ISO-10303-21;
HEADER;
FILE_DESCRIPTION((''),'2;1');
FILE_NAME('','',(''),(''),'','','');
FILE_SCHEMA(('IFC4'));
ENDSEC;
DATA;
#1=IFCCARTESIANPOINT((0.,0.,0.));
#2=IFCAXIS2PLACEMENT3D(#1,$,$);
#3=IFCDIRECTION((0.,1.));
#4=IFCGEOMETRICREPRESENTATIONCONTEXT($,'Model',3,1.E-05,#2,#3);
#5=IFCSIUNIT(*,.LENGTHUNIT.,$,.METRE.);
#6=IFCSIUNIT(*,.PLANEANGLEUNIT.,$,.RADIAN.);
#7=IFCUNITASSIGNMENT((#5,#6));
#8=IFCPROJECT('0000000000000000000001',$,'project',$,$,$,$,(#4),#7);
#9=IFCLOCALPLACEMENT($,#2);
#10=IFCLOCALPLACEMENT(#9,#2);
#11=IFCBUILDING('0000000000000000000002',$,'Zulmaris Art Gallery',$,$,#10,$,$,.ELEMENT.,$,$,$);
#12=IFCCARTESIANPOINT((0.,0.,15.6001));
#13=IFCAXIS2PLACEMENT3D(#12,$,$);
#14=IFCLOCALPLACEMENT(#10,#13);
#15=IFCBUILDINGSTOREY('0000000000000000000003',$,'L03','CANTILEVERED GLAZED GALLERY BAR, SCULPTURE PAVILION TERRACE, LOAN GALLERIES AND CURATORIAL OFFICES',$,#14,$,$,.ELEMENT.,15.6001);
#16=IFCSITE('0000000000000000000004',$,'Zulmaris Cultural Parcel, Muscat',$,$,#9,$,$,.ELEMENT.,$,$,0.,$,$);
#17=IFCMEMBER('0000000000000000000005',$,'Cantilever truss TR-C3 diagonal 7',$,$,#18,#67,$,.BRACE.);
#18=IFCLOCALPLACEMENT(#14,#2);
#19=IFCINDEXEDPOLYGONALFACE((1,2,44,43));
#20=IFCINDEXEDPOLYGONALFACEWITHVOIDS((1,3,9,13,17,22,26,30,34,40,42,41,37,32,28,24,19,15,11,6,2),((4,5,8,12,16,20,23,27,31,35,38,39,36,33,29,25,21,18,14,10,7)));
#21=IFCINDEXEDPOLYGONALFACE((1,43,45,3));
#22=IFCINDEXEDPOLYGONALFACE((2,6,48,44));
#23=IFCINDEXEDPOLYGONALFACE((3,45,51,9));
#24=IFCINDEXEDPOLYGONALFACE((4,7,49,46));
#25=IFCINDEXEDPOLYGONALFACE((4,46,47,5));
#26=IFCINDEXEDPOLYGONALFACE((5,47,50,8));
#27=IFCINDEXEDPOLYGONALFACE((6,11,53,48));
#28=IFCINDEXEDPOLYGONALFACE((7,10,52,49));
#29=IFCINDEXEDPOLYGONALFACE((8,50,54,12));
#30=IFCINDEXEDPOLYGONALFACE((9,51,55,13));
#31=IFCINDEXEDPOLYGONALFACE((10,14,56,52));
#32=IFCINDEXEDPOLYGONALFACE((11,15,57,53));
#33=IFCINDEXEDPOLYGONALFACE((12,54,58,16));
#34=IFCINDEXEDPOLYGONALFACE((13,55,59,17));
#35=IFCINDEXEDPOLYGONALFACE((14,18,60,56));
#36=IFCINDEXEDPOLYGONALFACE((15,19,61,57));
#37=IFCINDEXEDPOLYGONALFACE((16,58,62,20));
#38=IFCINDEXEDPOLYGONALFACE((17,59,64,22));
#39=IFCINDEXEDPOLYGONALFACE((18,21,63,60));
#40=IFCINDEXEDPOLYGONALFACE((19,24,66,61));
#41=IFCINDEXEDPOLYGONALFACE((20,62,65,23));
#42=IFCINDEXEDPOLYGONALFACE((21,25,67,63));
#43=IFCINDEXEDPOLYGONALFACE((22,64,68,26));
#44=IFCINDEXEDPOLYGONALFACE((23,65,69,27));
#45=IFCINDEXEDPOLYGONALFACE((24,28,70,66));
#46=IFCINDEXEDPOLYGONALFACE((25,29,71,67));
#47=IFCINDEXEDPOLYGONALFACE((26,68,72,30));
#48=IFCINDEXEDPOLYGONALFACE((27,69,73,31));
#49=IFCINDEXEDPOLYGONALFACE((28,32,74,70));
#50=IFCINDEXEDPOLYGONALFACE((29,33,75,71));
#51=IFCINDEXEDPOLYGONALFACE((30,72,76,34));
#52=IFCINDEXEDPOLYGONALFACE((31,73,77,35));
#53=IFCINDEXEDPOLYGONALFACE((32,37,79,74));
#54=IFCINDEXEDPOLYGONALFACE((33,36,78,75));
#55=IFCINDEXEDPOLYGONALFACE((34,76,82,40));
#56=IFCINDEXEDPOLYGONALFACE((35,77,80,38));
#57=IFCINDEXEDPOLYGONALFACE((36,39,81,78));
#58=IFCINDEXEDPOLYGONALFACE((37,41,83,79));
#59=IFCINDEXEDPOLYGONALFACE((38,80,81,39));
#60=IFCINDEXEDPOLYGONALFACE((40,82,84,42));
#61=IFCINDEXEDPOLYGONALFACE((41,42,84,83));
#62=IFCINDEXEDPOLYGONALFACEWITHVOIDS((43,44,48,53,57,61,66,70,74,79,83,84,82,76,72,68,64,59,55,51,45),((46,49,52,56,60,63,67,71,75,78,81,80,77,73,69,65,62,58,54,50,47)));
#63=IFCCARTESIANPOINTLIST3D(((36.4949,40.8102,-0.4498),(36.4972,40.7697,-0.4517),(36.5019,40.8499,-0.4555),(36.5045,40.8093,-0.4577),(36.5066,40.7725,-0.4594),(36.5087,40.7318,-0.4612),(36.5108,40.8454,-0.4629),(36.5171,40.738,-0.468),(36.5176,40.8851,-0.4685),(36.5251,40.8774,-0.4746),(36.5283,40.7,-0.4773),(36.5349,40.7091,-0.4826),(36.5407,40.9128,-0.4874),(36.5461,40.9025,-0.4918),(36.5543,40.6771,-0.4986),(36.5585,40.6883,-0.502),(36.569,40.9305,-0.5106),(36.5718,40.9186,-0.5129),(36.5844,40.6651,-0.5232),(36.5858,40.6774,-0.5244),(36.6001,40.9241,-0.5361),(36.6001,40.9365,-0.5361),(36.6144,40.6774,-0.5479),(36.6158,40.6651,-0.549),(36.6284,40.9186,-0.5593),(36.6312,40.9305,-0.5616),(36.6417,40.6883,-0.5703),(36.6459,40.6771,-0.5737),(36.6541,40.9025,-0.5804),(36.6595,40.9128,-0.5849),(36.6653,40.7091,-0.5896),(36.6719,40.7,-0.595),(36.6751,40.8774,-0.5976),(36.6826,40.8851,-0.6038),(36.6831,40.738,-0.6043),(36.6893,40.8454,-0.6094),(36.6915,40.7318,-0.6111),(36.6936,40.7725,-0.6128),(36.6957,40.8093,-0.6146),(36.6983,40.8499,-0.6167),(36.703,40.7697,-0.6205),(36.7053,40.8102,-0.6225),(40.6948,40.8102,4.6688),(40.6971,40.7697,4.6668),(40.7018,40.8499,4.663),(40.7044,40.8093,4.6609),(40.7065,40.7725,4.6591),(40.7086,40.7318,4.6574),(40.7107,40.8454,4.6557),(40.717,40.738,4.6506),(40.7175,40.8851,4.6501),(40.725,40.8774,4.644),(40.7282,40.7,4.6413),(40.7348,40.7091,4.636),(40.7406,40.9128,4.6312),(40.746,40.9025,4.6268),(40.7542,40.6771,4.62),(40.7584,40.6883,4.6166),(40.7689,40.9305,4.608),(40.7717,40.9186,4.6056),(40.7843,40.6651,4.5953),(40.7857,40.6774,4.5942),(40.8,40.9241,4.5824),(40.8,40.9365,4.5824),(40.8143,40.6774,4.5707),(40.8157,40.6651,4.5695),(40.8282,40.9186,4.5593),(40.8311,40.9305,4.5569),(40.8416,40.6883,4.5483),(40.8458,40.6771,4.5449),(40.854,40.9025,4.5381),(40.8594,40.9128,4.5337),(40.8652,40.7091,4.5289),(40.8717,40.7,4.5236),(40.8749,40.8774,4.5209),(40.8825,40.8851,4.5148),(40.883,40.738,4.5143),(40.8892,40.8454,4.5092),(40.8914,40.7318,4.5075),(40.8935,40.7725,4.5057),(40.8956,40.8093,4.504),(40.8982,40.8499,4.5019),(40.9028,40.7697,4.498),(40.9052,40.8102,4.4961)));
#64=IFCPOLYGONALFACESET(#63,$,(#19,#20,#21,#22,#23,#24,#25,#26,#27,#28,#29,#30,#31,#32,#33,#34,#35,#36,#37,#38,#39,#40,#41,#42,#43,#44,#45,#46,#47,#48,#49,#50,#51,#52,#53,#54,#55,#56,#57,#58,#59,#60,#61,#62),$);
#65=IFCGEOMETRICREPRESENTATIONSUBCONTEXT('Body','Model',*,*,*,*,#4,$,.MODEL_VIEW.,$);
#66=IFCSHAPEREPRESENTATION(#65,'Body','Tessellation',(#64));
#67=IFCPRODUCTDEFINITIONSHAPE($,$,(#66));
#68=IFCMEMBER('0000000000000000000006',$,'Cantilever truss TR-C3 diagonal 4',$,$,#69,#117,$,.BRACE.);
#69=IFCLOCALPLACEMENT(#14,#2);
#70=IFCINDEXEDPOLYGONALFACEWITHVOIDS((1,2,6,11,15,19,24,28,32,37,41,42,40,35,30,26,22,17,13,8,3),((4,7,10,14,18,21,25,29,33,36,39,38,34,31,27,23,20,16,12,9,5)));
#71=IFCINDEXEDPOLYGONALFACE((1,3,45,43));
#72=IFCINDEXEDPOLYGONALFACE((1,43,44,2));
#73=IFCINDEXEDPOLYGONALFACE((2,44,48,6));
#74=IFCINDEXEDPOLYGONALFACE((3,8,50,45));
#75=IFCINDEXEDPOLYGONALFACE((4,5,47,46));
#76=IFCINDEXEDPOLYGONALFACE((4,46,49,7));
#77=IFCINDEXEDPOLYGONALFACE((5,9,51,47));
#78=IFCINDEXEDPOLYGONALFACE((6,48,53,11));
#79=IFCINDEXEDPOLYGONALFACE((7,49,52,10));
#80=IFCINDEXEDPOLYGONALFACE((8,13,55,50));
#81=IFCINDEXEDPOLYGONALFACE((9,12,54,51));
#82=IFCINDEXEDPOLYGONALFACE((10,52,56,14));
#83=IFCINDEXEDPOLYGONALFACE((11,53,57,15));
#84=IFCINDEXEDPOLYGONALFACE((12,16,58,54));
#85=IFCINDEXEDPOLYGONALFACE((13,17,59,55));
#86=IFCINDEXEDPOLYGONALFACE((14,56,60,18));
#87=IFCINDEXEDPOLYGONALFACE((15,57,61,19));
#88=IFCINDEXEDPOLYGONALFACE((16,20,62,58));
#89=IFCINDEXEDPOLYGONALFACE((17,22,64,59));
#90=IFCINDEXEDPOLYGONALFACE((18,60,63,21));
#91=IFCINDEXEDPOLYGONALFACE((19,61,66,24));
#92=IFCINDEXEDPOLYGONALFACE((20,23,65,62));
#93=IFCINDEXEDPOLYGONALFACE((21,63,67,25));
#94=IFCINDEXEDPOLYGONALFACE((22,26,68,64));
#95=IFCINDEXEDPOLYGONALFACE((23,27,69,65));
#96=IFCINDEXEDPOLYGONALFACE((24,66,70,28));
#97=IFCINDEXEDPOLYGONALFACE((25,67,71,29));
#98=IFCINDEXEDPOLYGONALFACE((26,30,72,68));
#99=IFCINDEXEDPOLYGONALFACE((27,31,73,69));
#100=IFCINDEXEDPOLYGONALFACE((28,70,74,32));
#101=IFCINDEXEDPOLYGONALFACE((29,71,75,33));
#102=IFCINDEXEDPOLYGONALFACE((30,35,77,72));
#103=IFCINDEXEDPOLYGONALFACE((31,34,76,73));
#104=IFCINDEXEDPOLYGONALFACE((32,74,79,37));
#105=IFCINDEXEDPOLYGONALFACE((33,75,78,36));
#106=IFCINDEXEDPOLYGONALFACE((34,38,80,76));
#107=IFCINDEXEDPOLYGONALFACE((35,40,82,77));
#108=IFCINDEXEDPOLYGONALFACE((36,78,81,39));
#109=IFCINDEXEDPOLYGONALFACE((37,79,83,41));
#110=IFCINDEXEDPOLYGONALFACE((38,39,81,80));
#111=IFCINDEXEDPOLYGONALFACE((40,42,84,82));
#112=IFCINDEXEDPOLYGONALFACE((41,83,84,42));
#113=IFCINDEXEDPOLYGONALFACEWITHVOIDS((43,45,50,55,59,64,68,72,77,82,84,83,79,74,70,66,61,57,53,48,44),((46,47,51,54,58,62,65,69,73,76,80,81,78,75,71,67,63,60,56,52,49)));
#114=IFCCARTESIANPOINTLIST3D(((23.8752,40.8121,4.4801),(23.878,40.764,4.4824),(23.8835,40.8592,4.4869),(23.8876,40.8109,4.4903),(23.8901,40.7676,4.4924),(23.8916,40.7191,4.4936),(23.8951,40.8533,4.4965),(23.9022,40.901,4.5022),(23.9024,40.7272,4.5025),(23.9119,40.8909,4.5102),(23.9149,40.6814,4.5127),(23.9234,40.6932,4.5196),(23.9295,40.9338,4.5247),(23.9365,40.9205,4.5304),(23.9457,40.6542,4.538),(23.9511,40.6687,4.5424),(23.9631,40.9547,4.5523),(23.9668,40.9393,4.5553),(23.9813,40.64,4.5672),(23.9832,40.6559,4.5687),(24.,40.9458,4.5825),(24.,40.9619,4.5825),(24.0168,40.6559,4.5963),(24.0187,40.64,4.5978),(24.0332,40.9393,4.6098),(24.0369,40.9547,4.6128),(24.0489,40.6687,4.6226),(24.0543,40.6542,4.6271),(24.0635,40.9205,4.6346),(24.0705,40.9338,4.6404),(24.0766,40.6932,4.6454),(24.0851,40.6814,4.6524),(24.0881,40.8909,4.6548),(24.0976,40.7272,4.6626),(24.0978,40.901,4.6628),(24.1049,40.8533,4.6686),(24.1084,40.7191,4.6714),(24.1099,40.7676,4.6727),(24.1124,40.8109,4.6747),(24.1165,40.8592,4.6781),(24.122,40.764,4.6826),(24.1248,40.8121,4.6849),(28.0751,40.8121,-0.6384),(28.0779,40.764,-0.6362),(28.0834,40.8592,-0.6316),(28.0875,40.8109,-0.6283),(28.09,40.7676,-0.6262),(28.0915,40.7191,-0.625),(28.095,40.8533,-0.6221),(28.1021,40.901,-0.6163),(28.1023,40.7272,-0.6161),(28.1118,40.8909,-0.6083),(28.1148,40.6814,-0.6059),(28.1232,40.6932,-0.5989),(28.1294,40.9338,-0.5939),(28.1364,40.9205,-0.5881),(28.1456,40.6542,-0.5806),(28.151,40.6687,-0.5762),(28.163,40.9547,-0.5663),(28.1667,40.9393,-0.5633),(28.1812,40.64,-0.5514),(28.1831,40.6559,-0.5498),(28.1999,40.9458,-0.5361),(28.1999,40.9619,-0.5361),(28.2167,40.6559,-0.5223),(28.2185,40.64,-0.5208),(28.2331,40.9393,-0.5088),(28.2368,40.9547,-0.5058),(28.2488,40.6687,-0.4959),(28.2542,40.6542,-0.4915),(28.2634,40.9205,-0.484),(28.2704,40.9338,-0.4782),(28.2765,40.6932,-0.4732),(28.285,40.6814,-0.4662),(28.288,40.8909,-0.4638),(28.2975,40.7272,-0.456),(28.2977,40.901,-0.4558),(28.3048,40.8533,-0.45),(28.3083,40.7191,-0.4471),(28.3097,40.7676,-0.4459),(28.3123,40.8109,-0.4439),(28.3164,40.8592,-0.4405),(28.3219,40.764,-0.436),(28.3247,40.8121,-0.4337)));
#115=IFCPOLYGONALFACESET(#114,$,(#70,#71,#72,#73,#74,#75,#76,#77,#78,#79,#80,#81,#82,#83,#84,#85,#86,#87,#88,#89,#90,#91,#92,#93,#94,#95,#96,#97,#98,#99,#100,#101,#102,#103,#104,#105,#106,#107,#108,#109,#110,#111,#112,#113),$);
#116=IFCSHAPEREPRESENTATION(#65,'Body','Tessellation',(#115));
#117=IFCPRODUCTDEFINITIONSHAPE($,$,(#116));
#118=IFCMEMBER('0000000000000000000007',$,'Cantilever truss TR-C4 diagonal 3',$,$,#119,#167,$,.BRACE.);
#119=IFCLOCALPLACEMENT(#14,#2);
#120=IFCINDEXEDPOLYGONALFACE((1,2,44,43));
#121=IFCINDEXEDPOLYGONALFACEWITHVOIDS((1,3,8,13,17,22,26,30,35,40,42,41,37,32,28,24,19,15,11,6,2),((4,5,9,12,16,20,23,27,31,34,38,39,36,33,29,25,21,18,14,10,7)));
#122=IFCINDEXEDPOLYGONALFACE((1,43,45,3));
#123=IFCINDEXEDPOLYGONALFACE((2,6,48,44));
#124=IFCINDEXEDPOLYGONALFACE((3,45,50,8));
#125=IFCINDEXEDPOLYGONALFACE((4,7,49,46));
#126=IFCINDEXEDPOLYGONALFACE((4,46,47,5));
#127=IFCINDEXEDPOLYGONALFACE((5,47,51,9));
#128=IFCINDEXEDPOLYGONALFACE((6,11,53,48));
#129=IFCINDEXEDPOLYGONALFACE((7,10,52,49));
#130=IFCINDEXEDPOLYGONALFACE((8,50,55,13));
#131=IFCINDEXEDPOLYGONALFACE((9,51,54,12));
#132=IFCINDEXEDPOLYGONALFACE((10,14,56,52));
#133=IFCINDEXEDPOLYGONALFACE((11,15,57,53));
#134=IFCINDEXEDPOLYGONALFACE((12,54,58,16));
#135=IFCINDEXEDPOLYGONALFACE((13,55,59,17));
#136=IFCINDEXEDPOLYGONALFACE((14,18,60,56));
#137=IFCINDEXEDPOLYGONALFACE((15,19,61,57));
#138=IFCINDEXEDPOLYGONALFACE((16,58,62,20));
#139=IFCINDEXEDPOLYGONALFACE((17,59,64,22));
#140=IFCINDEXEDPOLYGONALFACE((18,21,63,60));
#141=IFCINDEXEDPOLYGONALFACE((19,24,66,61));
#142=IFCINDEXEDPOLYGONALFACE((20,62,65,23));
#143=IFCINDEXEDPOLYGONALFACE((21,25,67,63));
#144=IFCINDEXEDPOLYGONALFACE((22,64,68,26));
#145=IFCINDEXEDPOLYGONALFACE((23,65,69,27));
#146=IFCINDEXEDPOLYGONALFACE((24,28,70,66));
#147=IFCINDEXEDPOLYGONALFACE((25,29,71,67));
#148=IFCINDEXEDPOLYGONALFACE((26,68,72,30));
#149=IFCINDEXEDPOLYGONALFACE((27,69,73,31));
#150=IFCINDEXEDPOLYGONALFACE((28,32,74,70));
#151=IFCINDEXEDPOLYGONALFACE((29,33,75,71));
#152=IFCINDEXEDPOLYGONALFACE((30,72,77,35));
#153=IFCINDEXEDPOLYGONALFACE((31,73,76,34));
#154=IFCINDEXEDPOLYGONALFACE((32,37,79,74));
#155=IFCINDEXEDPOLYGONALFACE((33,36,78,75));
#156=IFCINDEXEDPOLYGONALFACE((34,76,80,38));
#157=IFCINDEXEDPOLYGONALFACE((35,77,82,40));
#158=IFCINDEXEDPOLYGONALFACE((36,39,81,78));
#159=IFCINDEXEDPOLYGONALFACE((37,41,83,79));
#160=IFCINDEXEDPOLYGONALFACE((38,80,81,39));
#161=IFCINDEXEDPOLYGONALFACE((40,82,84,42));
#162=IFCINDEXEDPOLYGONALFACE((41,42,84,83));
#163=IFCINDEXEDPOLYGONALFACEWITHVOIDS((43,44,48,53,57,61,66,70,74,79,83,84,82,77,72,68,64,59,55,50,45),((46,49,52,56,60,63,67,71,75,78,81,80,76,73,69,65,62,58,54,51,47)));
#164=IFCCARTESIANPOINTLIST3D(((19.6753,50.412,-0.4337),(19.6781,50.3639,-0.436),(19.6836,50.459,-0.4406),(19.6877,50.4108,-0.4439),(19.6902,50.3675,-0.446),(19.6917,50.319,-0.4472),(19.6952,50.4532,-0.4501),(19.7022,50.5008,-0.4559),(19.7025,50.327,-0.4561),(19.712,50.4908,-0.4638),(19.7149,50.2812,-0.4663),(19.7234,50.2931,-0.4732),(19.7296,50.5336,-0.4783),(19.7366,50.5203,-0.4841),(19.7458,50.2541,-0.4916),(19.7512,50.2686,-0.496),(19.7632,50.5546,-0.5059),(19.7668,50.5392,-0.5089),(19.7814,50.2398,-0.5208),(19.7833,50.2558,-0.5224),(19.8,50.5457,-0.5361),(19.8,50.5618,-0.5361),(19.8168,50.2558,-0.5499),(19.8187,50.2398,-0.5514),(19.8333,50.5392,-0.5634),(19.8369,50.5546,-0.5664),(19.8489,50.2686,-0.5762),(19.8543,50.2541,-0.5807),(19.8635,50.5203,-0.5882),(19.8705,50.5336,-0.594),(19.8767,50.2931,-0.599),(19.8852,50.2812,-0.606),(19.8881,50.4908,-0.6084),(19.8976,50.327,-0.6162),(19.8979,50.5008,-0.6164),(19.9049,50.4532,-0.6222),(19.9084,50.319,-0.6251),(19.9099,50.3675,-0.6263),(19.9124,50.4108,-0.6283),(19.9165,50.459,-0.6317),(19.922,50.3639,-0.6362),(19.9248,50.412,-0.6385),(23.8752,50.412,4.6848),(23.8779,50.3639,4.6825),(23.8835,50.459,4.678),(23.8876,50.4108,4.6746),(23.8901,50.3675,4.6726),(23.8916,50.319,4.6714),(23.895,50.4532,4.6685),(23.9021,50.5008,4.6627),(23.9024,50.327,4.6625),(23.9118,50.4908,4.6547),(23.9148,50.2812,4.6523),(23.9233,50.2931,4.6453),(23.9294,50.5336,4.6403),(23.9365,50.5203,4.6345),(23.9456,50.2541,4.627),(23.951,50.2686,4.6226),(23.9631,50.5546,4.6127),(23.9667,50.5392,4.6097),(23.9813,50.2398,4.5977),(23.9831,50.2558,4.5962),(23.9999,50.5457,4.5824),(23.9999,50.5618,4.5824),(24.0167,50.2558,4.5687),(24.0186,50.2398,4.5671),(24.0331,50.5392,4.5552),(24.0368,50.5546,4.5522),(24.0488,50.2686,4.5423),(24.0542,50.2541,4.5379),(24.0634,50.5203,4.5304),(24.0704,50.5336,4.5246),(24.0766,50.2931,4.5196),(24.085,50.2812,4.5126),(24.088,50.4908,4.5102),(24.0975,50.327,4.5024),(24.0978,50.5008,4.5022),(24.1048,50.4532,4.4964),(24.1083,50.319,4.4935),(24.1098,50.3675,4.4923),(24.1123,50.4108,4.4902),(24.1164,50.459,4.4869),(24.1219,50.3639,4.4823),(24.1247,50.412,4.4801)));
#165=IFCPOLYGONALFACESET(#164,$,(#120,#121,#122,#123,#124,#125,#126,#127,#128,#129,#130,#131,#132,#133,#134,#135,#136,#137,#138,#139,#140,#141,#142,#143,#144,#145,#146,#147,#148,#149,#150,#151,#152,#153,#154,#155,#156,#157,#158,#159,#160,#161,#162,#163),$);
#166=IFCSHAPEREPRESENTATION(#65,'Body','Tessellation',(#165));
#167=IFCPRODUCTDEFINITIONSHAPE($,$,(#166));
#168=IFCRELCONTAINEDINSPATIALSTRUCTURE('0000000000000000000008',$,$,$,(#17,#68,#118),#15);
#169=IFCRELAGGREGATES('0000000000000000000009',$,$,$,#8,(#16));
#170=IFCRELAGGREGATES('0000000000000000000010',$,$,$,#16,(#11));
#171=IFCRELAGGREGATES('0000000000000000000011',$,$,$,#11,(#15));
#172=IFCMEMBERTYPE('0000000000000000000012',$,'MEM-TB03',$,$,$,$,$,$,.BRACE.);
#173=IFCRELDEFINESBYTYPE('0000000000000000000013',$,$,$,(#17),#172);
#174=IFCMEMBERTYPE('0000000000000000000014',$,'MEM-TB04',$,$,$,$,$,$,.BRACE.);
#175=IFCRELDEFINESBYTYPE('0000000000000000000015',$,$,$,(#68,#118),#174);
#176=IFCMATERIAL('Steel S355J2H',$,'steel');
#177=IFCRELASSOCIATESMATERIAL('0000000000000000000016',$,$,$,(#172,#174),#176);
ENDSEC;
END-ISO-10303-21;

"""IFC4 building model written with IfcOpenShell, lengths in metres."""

from ifc_helpers import new_model, si_unit, direction, frame, origin, origin_2d, place, context, subcontext, project, spatial, hollow_circle, extrude, material, material_profile, profile_set, type_object, element, save


model = new_model("IFC4")

# Units and contexts
model_context = context("Model", 3, precision=1e-05, world=origin(), true_north=direction((0.0, 1.0)))
body_context = subcontext(model_context, "Body", "Model", "MODEL_VIEW")
ifc_project = project(units=[si_unit("LENGTHUNIT", "METRE"), si_unit("PLANEANGLEUNIT", "RADIAN")], contexts=[model_context])

# Site, building, storey
site_placement = place(None, origin())
site = spatial("IfcSite", under=ifc_project, at=site_placement, Name="Zulmaris Cultural Parcel, Muscat", CompositionType="ELEMENT", RefElevation=0.0)
building_placement = place(site_placement, origin())
building = spatial("IfcBuilding", under=site, at=building_placement, Name="Zulmaris Art Gallery", CompositionType="ELEMENT")
storey_placement = place(building_placement, frame((0.0, 0.0, 15.6001)))
storey = spatial("IfcBuildingStorey", under=building, at=storey_placement, Name="L03", Description="CANTILEVERED GLAZED GALLERY BAR, SCULPTURE PAVILION TERRACE, LOAN GALLERIES AND CURATORIAL OFFICES", CompositionType="ELEMENT", Elevation=15.6001)

# Members
ifc_material_1 = material(Name="Steel S355J2H", Category="steel")
ifc_material_profile_1 = material_profile(ifc_material_1, hollow_circle(Radius=0.1365, WallThickness=0.0125, at=origin_2d()), Name="CHS 273x12.5")
ifc_profile_set_1 = profile_set([ifc_material_profile_1], Name="Steel S355J2H")
member_type_1 = type_object("IfcMemberType", Name="MEM-TB03", PredefinedType="BRACE", material=ifc_profile_set_1)
for number, where, z_axis, x_axis, name in (
    (1, (36.6001, 40.8, -0.5361), (0.634319, 0.0, 0.773071), (0.0, 1.0, 0.0), "Cantilever truss TR-C3 diagonal 7"),
):
    element("IfcMember", number, at=place(storey_placement, frame(where, z_axis=z_axis, x_axis=x_axis)), inside=storey, type_object=member_type_1, Name=name, PredefinedType="BRACE", context=body_context, shape_type="SweptSolid", body=[
        extrude(hollow_circle(Radius=0.1365, WallThickness=0.0125, at=origin_2d()), origin(), (0.0, 0.0, 1.0), 6.6211),
    ])
ifc_material_profile_2 = material_profile(ifc_material_1, hollow_circle(Radius=0.1619, WallThickness=0.0161, at=origin_2d()), Name="CHS 323.9x16")
ifc_profile_set_2 = profile_set([ifc_material_profile_2], Name="Steel S355J2H")
member_type_2 = type_object("IfcMemberType", Name="MEM-TB04", PredefinedType="BRACE", material=ifc_profile_set_2)
for number, where, z_axis, x_axis, name in (
    (2, (24.0, 40.8, 4.5825), (0.634319, 0.0, -0.773071), (0.0, 1.0, 0.0), "Cantilever truss TR-C3 diagonal 4"),
    (3, (19.8, 50.3999, -0.5361), (0.634319, 0.0, 0.773071), (0.0, 1.0, 0.0), "Cantilever truss TR-C4 diagonal 3"),
):
    element("IfcMember", number, at=place(storey_placement, frame(where, z_axis=z_axis, x_axis=x_axis)), inside=storey, type_object=member_type_2, Name=name, PredefinedType="BRACE", context=body_context, shape_type="SweptSolid", body=[
        extrude(hollow_circle(Radius=0.1619, WallThickness=0.0161, at=origin_2d()), origin(), (0.0, 0.0, 1.0), 6.6211),
    ])

save(model, "model.ifc")
